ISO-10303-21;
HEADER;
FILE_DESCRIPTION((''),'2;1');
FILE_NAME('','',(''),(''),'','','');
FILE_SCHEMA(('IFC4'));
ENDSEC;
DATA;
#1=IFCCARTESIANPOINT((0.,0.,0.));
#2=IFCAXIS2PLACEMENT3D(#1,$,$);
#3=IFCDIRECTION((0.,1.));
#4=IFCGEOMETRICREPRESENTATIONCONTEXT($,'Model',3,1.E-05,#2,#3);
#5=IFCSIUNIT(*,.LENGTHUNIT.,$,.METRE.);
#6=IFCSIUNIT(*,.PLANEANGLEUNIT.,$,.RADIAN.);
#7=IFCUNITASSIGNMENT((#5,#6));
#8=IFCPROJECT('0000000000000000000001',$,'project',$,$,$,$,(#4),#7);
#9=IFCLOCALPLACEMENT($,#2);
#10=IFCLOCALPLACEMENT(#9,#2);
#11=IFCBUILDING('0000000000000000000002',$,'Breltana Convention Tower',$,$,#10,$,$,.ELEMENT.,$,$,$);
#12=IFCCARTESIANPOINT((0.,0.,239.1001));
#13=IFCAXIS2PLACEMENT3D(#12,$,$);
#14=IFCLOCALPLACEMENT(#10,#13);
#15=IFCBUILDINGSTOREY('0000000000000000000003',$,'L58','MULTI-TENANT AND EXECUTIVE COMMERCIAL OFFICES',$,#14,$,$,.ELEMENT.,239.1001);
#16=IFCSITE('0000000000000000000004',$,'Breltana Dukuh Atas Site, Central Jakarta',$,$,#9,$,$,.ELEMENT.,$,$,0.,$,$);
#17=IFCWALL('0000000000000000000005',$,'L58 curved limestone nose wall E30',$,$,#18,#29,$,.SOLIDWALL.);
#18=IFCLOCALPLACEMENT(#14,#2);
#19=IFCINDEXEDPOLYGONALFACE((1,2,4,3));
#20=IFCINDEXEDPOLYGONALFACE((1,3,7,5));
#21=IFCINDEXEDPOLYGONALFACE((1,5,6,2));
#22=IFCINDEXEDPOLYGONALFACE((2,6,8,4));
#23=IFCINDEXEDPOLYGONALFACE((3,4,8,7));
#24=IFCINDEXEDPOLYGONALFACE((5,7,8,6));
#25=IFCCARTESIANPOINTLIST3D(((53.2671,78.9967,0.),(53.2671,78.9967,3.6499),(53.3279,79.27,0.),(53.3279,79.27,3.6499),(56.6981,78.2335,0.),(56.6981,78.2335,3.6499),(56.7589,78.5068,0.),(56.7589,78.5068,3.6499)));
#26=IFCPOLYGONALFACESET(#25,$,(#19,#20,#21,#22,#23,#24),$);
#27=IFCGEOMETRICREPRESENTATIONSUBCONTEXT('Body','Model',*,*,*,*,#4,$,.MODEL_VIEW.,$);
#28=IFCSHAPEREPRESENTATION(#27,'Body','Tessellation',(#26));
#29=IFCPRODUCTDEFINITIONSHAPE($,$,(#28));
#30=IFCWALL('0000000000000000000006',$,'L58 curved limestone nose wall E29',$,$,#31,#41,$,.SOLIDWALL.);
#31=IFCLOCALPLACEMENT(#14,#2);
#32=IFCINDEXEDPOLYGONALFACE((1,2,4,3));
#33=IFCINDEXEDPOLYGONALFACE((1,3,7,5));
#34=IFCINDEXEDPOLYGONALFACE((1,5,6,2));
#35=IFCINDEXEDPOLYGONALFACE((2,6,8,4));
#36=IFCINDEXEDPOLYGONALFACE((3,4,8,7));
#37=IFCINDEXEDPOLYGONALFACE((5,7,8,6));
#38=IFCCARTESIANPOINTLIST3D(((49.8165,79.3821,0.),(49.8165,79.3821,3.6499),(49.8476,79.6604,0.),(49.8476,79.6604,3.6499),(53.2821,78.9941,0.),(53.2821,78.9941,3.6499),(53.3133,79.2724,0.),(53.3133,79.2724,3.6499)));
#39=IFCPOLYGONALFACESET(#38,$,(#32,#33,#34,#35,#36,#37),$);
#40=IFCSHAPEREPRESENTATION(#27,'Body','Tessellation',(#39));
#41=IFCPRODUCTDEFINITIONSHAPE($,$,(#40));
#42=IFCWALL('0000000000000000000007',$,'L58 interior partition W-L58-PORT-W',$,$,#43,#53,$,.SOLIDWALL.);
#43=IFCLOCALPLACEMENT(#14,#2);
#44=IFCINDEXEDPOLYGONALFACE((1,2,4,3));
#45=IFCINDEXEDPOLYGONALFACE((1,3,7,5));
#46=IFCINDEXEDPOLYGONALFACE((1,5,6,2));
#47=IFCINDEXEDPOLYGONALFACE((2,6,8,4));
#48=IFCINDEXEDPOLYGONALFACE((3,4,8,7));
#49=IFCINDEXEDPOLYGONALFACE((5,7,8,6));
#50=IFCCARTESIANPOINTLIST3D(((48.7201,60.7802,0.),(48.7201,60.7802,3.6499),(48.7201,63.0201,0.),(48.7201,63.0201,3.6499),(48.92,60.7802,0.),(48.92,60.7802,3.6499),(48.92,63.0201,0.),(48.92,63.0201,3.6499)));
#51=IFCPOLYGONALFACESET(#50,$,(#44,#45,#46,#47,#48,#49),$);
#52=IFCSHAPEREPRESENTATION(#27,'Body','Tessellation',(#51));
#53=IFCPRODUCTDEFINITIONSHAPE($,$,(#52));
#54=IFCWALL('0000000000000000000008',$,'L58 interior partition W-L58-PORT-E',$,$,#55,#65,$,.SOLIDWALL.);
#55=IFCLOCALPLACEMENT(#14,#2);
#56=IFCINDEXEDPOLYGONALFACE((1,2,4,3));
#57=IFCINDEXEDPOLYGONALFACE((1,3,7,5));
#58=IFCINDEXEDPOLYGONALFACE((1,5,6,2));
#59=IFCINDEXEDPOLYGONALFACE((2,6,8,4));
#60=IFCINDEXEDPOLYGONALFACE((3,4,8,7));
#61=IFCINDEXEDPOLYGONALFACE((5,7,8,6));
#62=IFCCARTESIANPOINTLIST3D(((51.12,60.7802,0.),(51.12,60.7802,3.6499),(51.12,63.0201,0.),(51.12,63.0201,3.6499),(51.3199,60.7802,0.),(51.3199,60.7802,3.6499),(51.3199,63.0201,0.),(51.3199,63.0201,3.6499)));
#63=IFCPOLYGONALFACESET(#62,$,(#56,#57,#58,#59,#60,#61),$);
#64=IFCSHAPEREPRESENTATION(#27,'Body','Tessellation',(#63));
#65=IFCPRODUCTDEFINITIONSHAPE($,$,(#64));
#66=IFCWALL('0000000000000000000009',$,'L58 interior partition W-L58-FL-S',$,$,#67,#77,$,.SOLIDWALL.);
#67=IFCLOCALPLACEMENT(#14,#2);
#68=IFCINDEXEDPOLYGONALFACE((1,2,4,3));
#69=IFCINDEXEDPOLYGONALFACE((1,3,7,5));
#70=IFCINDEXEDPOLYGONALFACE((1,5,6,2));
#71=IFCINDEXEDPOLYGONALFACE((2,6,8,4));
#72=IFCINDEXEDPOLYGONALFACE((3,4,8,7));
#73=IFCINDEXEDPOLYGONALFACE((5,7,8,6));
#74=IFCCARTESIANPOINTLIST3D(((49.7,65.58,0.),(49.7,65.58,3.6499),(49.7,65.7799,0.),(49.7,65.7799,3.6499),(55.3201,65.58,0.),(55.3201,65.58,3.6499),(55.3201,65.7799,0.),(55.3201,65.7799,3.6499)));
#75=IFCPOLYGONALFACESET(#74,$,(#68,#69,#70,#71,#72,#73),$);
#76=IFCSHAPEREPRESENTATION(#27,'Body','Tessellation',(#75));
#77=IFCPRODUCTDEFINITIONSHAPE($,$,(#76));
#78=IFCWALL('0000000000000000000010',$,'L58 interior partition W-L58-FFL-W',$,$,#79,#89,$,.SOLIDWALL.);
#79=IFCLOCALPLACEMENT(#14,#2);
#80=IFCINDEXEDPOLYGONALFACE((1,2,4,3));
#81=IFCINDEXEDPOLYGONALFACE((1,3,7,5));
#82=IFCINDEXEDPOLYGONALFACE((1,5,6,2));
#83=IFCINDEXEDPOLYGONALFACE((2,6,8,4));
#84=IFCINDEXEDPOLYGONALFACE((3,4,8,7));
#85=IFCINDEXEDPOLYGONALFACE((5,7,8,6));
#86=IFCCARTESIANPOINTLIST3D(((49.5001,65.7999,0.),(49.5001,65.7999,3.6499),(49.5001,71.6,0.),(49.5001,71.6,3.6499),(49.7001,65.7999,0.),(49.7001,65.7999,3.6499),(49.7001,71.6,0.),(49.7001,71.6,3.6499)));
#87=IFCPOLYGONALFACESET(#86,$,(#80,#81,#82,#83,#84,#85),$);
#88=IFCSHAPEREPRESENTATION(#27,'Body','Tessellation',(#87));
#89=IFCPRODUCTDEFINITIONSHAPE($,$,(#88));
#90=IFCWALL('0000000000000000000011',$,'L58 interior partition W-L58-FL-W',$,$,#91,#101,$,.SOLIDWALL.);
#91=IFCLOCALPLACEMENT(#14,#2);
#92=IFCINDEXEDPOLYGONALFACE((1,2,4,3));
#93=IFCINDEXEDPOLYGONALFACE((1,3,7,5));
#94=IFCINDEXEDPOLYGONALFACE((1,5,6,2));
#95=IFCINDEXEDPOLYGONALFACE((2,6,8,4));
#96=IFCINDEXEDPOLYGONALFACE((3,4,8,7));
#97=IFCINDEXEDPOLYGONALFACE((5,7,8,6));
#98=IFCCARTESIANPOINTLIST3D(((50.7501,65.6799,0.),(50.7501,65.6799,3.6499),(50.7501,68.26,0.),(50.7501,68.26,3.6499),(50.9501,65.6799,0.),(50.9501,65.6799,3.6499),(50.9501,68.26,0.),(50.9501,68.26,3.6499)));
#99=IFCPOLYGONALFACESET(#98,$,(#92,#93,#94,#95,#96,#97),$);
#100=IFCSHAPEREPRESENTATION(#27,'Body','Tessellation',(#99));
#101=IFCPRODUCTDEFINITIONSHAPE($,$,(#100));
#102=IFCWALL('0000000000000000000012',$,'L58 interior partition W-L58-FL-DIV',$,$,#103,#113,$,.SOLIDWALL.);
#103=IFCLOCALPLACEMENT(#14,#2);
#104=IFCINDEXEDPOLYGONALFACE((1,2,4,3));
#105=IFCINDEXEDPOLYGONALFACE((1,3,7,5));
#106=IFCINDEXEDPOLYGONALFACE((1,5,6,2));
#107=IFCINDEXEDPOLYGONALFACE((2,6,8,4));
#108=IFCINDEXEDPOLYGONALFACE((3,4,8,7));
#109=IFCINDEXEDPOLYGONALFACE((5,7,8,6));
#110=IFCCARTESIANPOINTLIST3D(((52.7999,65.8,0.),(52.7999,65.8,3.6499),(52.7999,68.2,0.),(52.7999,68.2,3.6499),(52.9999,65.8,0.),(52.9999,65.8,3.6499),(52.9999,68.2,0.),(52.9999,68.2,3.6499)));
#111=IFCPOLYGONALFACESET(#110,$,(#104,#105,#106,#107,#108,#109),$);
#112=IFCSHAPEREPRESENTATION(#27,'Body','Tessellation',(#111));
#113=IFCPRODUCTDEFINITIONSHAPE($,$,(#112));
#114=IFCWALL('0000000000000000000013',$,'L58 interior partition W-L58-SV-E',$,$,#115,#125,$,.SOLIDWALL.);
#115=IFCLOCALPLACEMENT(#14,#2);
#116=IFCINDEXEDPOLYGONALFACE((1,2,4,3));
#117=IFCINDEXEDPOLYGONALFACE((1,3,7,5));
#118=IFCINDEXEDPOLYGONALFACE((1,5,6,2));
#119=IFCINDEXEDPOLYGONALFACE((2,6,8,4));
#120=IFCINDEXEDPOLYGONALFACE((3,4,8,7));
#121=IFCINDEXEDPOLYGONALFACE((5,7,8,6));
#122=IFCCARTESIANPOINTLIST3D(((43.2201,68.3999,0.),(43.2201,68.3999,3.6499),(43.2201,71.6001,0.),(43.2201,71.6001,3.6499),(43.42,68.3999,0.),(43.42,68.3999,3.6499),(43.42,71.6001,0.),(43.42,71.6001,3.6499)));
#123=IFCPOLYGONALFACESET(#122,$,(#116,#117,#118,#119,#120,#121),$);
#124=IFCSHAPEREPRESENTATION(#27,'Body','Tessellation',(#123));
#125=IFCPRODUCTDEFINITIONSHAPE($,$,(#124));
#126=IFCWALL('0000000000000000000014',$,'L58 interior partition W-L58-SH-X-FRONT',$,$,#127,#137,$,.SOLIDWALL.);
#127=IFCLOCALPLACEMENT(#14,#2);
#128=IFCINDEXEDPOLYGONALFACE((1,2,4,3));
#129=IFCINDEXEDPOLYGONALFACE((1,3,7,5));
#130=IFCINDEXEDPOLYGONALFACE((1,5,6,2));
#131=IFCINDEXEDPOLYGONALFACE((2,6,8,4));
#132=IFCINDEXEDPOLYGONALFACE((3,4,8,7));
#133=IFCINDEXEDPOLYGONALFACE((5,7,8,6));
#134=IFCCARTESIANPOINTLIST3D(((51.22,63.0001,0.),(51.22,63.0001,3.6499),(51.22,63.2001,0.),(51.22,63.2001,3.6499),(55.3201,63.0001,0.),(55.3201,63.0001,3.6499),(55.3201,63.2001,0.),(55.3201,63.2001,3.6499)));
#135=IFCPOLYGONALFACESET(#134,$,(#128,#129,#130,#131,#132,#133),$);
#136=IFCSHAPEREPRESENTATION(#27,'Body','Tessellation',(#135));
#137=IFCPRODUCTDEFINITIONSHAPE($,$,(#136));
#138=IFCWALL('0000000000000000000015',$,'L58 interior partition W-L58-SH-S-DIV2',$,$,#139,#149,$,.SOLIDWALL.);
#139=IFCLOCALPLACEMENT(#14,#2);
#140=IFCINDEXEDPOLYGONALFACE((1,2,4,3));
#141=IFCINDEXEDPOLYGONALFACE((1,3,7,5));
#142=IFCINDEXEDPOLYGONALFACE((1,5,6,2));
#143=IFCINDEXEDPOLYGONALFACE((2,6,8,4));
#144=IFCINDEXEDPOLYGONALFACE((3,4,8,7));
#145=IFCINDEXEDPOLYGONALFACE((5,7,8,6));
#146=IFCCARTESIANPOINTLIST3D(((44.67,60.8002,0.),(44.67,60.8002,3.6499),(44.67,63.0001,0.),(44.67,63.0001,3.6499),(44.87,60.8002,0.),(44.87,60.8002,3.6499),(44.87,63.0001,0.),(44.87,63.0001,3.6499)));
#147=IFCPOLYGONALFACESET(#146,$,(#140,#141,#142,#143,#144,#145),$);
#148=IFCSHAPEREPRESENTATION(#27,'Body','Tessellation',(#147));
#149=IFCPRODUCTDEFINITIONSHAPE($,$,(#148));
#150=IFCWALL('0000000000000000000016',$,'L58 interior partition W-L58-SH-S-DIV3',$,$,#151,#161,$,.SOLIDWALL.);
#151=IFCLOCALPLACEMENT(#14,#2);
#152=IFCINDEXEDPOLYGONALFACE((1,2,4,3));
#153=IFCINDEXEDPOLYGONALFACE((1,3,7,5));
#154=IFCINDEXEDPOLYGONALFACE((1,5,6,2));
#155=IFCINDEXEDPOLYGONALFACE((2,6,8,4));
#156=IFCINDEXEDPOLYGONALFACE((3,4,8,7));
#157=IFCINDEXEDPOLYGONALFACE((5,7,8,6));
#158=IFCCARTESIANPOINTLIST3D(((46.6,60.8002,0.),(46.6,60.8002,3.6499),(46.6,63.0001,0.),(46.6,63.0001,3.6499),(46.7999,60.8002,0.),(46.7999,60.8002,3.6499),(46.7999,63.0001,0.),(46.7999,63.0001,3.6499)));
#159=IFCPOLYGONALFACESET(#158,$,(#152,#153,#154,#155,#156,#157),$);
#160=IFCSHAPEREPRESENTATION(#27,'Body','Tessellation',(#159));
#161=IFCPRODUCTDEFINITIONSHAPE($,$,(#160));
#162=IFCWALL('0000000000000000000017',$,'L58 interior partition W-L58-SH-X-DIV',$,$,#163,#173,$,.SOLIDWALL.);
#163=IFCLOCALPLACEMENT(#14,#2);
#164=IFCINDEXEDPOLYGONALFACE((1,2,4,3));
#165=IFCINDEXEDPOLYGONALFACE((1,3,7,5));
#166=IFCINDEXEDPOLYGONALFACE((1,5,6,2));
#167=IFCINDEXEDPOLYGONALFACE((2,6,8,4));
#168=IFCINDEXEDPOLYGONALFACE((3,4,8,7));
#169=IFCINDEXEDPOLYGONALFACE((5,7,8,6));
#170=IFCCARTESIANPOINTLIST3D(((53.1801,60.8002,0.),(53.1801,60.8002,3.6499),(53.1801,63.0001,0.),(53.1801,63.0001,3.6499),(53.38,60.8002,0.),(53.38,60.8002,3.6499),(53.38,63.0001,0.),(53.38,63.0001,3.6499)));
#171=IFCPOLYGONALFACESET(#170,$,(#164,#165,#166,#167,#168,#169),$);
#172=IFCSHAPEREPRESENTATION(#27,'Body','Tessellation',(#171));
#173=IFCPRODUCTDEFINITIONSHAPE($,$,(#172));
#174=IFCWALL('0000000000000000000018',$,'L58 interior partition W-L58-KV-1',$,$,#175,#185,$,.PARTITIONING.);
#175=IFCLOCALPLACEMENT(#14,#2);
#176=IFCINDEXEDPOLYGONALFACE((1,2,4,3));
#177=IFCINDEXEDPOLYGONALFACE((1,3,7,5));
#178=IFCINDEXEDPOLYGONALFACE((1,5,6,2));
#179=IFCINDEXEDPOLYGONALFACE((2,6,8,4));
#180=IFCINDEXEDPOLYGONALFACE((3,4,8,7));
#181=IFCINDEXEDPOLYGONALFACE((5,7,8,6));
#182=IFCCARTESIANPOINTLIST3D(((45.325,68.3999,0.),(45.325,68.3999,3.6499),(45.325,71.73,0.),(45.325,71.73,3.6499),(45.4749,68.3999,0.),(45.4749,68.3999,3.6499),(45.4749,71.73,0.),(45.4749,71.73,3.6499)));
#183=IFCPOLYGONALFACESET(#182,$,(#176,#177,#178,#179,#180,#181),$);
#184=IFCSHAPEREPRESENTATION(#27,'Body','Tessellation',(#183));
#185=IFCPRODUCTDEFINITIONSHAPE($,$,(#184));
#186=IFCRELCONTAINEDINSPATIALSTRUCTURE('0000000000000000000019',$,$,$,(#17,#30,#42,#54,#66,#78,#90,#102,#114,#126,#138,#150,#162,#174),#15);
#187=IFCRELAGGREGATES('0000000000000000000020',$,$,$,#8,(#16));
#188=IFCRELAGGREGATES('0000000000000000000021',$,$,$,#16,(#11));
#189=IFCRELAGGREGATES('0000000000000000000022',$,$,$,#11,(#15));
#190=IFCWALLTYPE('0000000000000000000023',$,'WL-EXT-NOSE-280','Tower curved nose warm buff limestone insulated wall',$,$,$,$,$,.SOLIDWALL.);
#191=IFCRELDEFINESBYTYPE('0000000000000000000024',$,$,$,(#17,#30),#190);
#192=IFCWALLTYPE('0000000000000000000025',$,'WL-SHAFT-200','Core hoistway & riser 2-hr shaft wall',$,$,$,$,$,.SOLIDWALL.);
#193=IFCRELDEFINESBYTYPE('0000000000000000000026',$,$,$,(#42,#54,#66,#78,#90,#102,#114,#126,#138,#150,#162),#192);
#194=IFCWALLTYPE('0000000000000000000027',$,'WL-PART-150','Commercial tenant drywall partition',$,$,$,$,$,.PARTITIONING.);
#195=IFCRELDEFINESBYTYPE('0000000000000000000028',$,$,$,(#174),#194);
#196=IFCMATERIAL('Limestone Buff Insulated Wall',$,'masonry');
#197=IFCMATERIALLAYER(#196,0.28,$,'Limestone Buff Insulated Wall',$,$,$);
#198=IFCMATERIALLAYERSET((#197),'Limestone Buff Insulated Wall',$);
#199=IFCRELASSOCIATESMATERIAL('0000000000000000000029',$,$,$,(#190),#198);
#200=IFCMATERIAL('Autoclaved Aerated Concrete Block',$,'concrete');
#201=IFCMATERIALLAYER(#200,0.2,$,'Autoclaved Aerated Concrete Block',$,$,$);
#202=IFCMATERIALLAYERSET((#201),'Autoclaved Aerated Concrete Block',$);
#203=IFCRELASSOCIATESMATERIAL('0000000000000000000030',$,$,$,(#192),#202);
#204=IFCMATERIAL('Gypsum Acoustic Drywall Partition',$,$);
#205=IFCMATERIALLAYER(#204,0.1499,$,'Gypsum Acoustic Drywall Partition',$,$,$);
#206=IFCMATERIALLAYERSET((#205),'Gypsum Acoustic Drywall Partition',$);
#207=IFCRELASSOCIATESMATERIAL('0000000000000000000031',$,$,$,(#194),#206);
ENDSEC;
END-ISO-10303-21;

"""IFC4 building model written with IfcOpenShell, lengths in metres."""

from ifc_helpers import new_model, si_unit, direction, frame, frame_2d, origin, place, context, subcontext, project, spatial, rectangle, extrude, source, transform, mapped, material, layer, layer_set, type_object, element, save


model = new_model("IFC4")

# Units and contexts
model_context = context("Model", 3, precision=1e-05, world=origin(), true_north=direction((0.0, 1.0)))
body_context = subcontext(model_context, "Body", "Model", "MODEL_VIEW")
ifc_project = project(units=[si_unit("LENGTHUNIT", "METRE"), si_unit("PLANEANGLEUNIT", "RADIAN")], contexts=[model_context])

# Site, building, storey
site_placement = place(None, origin())
site = spatial("IfcSite", under=ifc_project, at=site_placement, Name="Breltana Dukuh Atas Site, Central Jakarta", CompositionType="ELEMENT", RefElevation=0.0)
building_placement = place(site_placement, origin())
building = spatial("IfcBuilding", under=site, at=building_placement, Name="Breltana Convention Tower", CompositionType="ELEMENT")
storey_placement = place(building_placement, frame((0.0, 0.0, 239.1001)))
storey = spatial("IfcBuildingStorey", under=building, at=storey_placement, Name="L58", Description="MULTI-TENANT AND EXECUTIVE COMMERCIAL OFFICES", CompositionType="ELEMENT", Elevation=239.1001)

# Walls
ifc_material_1 = material(Name="Limestone Buff Insulated Wall", Category="masonry")
ifc_layer_1 = layer(ifc_material_1, 0.28, Name="Limestone Buff Insulated Wall")
ifc_layer_set_1 = layer_set([ifc_layer_1], Name="Limestone Buff Insulated Wall")
wall_type_1 = type_object("IfcWallType", Name="WL-EXT-NOSE-280", Description="Tower curved nose warm buff limestone insulated wall", PredefinedType="SOLIDWALL", material=ifc_layer_set_1)
shared_shape_1 = source(origin(), body_context, "Body", "SweptSolid", [
    extrude(rectangle(XDim=3.5149, YDim=0.28, at=frame_2d((1.7573, 0.0))), origin(), (0.0, 0.0, 1.0), 3.6499),
])
wall_1_placement = place(storey_placement, frame((53.2976, 79.1333, 0.0), z_axis=(0.0, 0.0, 1.0), x_axis=(0.976145, -0.217122, 0.0)))
element("IfcWall", 1, at=wall_1_placement, inside=storey, type_object=wall_type_1, Name="L58 curved limestone nose wall E30", PredefinedType="SOLIDWALL", context=body_context, shape_type="MappedRepresentation", body=[
    mapped(shared_shape_1, transform((0.0, 0.0, 0.0), scale=1.0)),
])
shared_shape_2 = source(origin(), body_context, "Body", "SweptSolid", [
    extrude(rectangle(XDim=3.4873, YDim=0.28, at=frame_2d((1.7437, 0.0))), origin(), (0.0, 0.0, 1.0), 3.6499),
])
wall_2_placement = place(storey_placement, frame((49.832, 79.5212, 0.0), z_axis=(0.0, 0.0, 1.0), x_axis=(0.993793, -0.111246, 0.0)))
element("IfcWall", 2, at=wall_2_placement, inside=storey, type_object=wall_type_1, Name="L58 curved limestone nose wall E29", PredefinedType="SOLIDWALL", context=body_context, shape_type="MappedRepresentation", body=[
    mapped(shared_shape_2, transform((0.0, 0.0, 0.0), scale=1.0)),
])
ifc_material_2 = material(Name="Autoclaved Aerated Concrete Block", Category="concrete")
ifc_layer_2 = layer(ifc_material_2, 0.2, Name="Autoclaved Aerated Concrete Block")
ifc_layer_set_2 = layer_set([ifc_layer_2], Name="Autoclaved Aerated Concrete Block")
wall_type_2 = type_object("IfcWallType", Name="WL-SHAFT-200", Description="Core hoistway & riser 2-hr shaft wall", PredefinedType="SOLIDWALL", material=ifc_layer_set_2)
shared_shape_3 = source(origin(), body_context, "Body", "SweptSolid", [
    extrude(rectangle(XDim=2.24, YDim=0.2, at=frame_2d((1.1201, 0.0))), origin(), (0.0, 0.0, 1.0), 3.6499),
])
for number, where, z_axis, x_axis, name in (
    (3, (48.8201, 60.78, 0.0), (0.0, 0.0, 1.0), (0.0, 1.0, 0.0), "L58 interior partition W-L58-PORT-W"),
    (4, (51.22, 60.78, 0.0), (0.0, 0.0, 1.0), (0.0, 1.0, 0.0), "L58 interior partition W-L58-PORT-E"),
):
    element("IfcWall", number, at=place(storey_placement, frame(where, z_axis=z_axis, x_axis=x_axis)), inside=storey, type_object=wall_type_2, Name=name, PredefinedType="SOLIDWALL", context=body_context, shape_type="MappedRepresentation", body=[
        mapped(shared_shape_3, transform((0.0, 0.0, 0.0), scale=1.0)),
    ])

# Shared definitions
shared_shape_4 = source(origin(), body_context, "Body", "SweptSolid", [
    extrude(rectangle(XDim=5.6201, YDim=0.2, at=frame_2d((2.8101, 0.0))), origin(), (0.0, 0.0, 1.0), 3.6499),
])

# Walls
wall_3_placement = place(storey_placement, frame((49.7, 65.6799, 0.0), z_axis=(0.0, 0.0, 1.0), x_axis=(1.0, 0.0, 0.0)))
element("IfcWall", 5, at=wall_3_placement, inside=storey, type_object=wall_type_2, Name="L58 interior partition W-L58-FL-S", PredefinedType="SOLIDWALL", context=body_context, shape_type="MappedRepresentation", body=[
    mapped(shared_shape_4, transform((0.0, 0.0, 0.0), scale=1.0)),
])
shared_shape_5 = source(origin(), body_context, "Body", "SweptSolid", [
    extrude(rectangle(XDim=5.8, YDim=0.2, at=frame_2d((2.8999, 0.0))), origin(), (0.0, 0.0, 1.0), 3.6499),
])
wall_4_placement = place(storey_placement, frame((49.6001, 65.8, 0.0), z_axis=(0.0, 0.0, 1.0), x_axis=(0.0, 1.0, 0.0)))
element("IfcWall", 6, at=wall_4_placement, inside=storey, type_object=wall_type_2, Name="L58 interior partition W-L58-FFL-W", PredefinedType="SOLIDWALL", context=body_context, shape_type="MappedRepresentation", body=[
    mapped(shared_shape_5, transform((0.0, 0.0, 0.0), scale=1.0)),
])
shared_shape_6 = source(origin(), body_context, "Body", "SweptSolid", [
    extrude(rectangle(XDim=2.5801, YDim=0.2, at=frame_2d((1.29, 0.0))), origin(), (0.0, 0.0, 1.0), 3.6499),
])
wall_5_placement = place(storey_placement, frame((50.8501, 65.6799, 0.0), z_axis=(0.0, 0.0, 1.0), x_axis=(0.0, 1.0, 0.0)))
element("IfcWall", 7, at=wall_5_placement, inside=storey, type_object=wall_type_2, Name="L58 interior partition W-L58-FL-W", PredefinedType="SOLIDWALL", context=body_context, shape_type="MappedRepresentation", body=[
    mapped(shared_shape_6, transform((0.0, 0.0, 0.0), scale=1.0)),
])
shared_shape_7 = source(origin(), body_context, "Body", "SweptSolid", [
    extrude(rectangle(XDim=2.3999, YDim=0.2, at=frame_2d((1.2, 0.0))), origin(), (0.0, 0.0, 1.0), 3.6499),
])
wall_6_placement = place(storey_placement, frame((52.8999, 65.8, 0.0), z_axis=(0.0, 0.0, 1.0), x_axis=(0.0, 1.0, 0.0)))
element("IfcWall", 8, at=wall_6_placement, inside=storey, type_object=wall_type_2, Name="L58 interior partition W-L58-FL-DIV", PredefinedType="SOLIDWALL", context=body_context, shape_type="MappedRepresentation", body=[
    mapped(shared_shape_7, transform((0.0, 0.0, 0.0), scale=1.0)),
])
shared_shape_8 = source(origin(), body_context, "Body", "SweptSolid", [
    extrude(rectangle(XDim=3.2002, YDim=0.2, at=frame_2d((1.6001, 0.0))), origin(), (0.0, 0.0, 1.0), 3.6499),
])
wall_7_placement = place(storey_placement, frame((43.3201, 68.3999, 0.0), z_axis=(0.0, 0.0, 1.0), x_axis=(0.0, 1.0, 0.0)))
element("IfcWall", 9, at=wall_7_placement, inside=storey, type_object=wall_type_2, Name="L58 interior partition W-L58-SV-E", PredefinedType="SOLIDWALL", context=body_context, shape_type="MappedRepresentation", body=[
    mapped(shared_shape_8, transform((0.0, 0.0, 0.0), scale=1.0)),
])
shared_shape_9 = source(origin(), body_context, "Body", "SweptSolid", [
    extrude(rectangle(XDim=4.1001, YDim=0.2, at=frame_2d((2.05, 0.0))), origin(), (0.0, 0.0, 1.0), 3.6499),
])
wall_8_placement = place(storey_placement, frame((51.22, 63.1001, 0.0), z_axis=(0.0, 0.0, 1.0), x_axis=(1.0, 0.0, 0.0)))
element("IfcWall", 10, at=wall_8_placement, inside=storey, type_object=wall_type_2, Name="L58 interior partition W-L58-SH-X-FRONT", PredefinedType="SOLIDWALL", context=body_context, shape_type="MappedRepresentation", body=[
    mapped(shared_shape_9, transform((0.0, 0.0, 0.0), scale=1.0)),
])
shared_shape_10 = source(origin(), body_context, "Body", "SweptSolid", [
    extrude(rectangle(XDim=2.2, YDim=0.2, at=frame_2d((1.1001, 0.0))), origin(), (0.0, 0.0, 1.0), 3.6499),
])
for number, where, z_axis, x_axis, name in (
    (11, (44.77, 60.8, 0.0), (0.0, 0.0, 1.0), (0.0, 1.0, 0.0), "L58 interior partition W-L58-SH-S-DIV2"),
    (12, (46.7, 60.8, 0.0), (0.0, 0.0, 1.0), (0.0, 1.0, 0.0), "L58 interior partition W-L58-SH-S-DIV3"),
    (13, (53.28, 60.8, 0.0), (0.0, 0.0, 1.0), (0.0, 1.0, 0.0), "L58 interior partition W-L58-SH-X-DIV"),
):
    element("IfcWall", number, at=place(storey_placement, frame(where, z_axis=z_axis, x_axis=x_axis)), inside=storey, type_object=wall_type_2, Name=name, PredefinedType="SOLIDWALL", context=body_context, shape_type="MappedRepresentation", body=[
        mapped(shared_shape_10, transform((0.0, 0.0, 0.0), scale=1.0)),
    ])
ifc_material_3 = material(Name="Gypsum Acoustic Drywall Partition")
ifc_layer_3 = layer(ifc_material_3, 0.1499, Name="Gypsum Acoustic Drywall Partition")
ifc_layer_set_3 = layer_set([ifc_layer_3], Name="Gypsum Acoustic Drywall Partition")
wall_type_3 = type_object("IfcWallType", Name="WL-PART-150", Description="Commercial tenant drywall partition", PredefinedType="PARTITIONING", material=ifc_layer_set_3)
shared_shape_11 = source(origin(), body_context, "Body", "SweptSolid", [
    extrude(rectangle(XDim=3.3301, YDim=0.1499, at=frame_2d((1.665, 0.0))), origin(), (0.0, 0.0, 1.0), 3.6499),
])
for number, where, z_axis, x_axis, name in (
    (14, (45.3999, 68.3999, 0.0), (0.0, 0.0, 1.0), (0.0, 1.0, 0.0), "L58 interior partition W-L58-KV-1"),
):
    element("IfcWall", number, at=place(storey_placement, frame(where, z_axis=z_axis, x_axis=x_axis)), inside=storey, type_object=wall_type_3, Name=name, PredefinedType="PARTITIONING", context=body_context, shape_type="MappedRepresentation", body=[
        mapped(shared_shape_11, transform((0.0, 0.0, 0.0), scale=1.0)),
    ])

save(model, "model.ifc")
